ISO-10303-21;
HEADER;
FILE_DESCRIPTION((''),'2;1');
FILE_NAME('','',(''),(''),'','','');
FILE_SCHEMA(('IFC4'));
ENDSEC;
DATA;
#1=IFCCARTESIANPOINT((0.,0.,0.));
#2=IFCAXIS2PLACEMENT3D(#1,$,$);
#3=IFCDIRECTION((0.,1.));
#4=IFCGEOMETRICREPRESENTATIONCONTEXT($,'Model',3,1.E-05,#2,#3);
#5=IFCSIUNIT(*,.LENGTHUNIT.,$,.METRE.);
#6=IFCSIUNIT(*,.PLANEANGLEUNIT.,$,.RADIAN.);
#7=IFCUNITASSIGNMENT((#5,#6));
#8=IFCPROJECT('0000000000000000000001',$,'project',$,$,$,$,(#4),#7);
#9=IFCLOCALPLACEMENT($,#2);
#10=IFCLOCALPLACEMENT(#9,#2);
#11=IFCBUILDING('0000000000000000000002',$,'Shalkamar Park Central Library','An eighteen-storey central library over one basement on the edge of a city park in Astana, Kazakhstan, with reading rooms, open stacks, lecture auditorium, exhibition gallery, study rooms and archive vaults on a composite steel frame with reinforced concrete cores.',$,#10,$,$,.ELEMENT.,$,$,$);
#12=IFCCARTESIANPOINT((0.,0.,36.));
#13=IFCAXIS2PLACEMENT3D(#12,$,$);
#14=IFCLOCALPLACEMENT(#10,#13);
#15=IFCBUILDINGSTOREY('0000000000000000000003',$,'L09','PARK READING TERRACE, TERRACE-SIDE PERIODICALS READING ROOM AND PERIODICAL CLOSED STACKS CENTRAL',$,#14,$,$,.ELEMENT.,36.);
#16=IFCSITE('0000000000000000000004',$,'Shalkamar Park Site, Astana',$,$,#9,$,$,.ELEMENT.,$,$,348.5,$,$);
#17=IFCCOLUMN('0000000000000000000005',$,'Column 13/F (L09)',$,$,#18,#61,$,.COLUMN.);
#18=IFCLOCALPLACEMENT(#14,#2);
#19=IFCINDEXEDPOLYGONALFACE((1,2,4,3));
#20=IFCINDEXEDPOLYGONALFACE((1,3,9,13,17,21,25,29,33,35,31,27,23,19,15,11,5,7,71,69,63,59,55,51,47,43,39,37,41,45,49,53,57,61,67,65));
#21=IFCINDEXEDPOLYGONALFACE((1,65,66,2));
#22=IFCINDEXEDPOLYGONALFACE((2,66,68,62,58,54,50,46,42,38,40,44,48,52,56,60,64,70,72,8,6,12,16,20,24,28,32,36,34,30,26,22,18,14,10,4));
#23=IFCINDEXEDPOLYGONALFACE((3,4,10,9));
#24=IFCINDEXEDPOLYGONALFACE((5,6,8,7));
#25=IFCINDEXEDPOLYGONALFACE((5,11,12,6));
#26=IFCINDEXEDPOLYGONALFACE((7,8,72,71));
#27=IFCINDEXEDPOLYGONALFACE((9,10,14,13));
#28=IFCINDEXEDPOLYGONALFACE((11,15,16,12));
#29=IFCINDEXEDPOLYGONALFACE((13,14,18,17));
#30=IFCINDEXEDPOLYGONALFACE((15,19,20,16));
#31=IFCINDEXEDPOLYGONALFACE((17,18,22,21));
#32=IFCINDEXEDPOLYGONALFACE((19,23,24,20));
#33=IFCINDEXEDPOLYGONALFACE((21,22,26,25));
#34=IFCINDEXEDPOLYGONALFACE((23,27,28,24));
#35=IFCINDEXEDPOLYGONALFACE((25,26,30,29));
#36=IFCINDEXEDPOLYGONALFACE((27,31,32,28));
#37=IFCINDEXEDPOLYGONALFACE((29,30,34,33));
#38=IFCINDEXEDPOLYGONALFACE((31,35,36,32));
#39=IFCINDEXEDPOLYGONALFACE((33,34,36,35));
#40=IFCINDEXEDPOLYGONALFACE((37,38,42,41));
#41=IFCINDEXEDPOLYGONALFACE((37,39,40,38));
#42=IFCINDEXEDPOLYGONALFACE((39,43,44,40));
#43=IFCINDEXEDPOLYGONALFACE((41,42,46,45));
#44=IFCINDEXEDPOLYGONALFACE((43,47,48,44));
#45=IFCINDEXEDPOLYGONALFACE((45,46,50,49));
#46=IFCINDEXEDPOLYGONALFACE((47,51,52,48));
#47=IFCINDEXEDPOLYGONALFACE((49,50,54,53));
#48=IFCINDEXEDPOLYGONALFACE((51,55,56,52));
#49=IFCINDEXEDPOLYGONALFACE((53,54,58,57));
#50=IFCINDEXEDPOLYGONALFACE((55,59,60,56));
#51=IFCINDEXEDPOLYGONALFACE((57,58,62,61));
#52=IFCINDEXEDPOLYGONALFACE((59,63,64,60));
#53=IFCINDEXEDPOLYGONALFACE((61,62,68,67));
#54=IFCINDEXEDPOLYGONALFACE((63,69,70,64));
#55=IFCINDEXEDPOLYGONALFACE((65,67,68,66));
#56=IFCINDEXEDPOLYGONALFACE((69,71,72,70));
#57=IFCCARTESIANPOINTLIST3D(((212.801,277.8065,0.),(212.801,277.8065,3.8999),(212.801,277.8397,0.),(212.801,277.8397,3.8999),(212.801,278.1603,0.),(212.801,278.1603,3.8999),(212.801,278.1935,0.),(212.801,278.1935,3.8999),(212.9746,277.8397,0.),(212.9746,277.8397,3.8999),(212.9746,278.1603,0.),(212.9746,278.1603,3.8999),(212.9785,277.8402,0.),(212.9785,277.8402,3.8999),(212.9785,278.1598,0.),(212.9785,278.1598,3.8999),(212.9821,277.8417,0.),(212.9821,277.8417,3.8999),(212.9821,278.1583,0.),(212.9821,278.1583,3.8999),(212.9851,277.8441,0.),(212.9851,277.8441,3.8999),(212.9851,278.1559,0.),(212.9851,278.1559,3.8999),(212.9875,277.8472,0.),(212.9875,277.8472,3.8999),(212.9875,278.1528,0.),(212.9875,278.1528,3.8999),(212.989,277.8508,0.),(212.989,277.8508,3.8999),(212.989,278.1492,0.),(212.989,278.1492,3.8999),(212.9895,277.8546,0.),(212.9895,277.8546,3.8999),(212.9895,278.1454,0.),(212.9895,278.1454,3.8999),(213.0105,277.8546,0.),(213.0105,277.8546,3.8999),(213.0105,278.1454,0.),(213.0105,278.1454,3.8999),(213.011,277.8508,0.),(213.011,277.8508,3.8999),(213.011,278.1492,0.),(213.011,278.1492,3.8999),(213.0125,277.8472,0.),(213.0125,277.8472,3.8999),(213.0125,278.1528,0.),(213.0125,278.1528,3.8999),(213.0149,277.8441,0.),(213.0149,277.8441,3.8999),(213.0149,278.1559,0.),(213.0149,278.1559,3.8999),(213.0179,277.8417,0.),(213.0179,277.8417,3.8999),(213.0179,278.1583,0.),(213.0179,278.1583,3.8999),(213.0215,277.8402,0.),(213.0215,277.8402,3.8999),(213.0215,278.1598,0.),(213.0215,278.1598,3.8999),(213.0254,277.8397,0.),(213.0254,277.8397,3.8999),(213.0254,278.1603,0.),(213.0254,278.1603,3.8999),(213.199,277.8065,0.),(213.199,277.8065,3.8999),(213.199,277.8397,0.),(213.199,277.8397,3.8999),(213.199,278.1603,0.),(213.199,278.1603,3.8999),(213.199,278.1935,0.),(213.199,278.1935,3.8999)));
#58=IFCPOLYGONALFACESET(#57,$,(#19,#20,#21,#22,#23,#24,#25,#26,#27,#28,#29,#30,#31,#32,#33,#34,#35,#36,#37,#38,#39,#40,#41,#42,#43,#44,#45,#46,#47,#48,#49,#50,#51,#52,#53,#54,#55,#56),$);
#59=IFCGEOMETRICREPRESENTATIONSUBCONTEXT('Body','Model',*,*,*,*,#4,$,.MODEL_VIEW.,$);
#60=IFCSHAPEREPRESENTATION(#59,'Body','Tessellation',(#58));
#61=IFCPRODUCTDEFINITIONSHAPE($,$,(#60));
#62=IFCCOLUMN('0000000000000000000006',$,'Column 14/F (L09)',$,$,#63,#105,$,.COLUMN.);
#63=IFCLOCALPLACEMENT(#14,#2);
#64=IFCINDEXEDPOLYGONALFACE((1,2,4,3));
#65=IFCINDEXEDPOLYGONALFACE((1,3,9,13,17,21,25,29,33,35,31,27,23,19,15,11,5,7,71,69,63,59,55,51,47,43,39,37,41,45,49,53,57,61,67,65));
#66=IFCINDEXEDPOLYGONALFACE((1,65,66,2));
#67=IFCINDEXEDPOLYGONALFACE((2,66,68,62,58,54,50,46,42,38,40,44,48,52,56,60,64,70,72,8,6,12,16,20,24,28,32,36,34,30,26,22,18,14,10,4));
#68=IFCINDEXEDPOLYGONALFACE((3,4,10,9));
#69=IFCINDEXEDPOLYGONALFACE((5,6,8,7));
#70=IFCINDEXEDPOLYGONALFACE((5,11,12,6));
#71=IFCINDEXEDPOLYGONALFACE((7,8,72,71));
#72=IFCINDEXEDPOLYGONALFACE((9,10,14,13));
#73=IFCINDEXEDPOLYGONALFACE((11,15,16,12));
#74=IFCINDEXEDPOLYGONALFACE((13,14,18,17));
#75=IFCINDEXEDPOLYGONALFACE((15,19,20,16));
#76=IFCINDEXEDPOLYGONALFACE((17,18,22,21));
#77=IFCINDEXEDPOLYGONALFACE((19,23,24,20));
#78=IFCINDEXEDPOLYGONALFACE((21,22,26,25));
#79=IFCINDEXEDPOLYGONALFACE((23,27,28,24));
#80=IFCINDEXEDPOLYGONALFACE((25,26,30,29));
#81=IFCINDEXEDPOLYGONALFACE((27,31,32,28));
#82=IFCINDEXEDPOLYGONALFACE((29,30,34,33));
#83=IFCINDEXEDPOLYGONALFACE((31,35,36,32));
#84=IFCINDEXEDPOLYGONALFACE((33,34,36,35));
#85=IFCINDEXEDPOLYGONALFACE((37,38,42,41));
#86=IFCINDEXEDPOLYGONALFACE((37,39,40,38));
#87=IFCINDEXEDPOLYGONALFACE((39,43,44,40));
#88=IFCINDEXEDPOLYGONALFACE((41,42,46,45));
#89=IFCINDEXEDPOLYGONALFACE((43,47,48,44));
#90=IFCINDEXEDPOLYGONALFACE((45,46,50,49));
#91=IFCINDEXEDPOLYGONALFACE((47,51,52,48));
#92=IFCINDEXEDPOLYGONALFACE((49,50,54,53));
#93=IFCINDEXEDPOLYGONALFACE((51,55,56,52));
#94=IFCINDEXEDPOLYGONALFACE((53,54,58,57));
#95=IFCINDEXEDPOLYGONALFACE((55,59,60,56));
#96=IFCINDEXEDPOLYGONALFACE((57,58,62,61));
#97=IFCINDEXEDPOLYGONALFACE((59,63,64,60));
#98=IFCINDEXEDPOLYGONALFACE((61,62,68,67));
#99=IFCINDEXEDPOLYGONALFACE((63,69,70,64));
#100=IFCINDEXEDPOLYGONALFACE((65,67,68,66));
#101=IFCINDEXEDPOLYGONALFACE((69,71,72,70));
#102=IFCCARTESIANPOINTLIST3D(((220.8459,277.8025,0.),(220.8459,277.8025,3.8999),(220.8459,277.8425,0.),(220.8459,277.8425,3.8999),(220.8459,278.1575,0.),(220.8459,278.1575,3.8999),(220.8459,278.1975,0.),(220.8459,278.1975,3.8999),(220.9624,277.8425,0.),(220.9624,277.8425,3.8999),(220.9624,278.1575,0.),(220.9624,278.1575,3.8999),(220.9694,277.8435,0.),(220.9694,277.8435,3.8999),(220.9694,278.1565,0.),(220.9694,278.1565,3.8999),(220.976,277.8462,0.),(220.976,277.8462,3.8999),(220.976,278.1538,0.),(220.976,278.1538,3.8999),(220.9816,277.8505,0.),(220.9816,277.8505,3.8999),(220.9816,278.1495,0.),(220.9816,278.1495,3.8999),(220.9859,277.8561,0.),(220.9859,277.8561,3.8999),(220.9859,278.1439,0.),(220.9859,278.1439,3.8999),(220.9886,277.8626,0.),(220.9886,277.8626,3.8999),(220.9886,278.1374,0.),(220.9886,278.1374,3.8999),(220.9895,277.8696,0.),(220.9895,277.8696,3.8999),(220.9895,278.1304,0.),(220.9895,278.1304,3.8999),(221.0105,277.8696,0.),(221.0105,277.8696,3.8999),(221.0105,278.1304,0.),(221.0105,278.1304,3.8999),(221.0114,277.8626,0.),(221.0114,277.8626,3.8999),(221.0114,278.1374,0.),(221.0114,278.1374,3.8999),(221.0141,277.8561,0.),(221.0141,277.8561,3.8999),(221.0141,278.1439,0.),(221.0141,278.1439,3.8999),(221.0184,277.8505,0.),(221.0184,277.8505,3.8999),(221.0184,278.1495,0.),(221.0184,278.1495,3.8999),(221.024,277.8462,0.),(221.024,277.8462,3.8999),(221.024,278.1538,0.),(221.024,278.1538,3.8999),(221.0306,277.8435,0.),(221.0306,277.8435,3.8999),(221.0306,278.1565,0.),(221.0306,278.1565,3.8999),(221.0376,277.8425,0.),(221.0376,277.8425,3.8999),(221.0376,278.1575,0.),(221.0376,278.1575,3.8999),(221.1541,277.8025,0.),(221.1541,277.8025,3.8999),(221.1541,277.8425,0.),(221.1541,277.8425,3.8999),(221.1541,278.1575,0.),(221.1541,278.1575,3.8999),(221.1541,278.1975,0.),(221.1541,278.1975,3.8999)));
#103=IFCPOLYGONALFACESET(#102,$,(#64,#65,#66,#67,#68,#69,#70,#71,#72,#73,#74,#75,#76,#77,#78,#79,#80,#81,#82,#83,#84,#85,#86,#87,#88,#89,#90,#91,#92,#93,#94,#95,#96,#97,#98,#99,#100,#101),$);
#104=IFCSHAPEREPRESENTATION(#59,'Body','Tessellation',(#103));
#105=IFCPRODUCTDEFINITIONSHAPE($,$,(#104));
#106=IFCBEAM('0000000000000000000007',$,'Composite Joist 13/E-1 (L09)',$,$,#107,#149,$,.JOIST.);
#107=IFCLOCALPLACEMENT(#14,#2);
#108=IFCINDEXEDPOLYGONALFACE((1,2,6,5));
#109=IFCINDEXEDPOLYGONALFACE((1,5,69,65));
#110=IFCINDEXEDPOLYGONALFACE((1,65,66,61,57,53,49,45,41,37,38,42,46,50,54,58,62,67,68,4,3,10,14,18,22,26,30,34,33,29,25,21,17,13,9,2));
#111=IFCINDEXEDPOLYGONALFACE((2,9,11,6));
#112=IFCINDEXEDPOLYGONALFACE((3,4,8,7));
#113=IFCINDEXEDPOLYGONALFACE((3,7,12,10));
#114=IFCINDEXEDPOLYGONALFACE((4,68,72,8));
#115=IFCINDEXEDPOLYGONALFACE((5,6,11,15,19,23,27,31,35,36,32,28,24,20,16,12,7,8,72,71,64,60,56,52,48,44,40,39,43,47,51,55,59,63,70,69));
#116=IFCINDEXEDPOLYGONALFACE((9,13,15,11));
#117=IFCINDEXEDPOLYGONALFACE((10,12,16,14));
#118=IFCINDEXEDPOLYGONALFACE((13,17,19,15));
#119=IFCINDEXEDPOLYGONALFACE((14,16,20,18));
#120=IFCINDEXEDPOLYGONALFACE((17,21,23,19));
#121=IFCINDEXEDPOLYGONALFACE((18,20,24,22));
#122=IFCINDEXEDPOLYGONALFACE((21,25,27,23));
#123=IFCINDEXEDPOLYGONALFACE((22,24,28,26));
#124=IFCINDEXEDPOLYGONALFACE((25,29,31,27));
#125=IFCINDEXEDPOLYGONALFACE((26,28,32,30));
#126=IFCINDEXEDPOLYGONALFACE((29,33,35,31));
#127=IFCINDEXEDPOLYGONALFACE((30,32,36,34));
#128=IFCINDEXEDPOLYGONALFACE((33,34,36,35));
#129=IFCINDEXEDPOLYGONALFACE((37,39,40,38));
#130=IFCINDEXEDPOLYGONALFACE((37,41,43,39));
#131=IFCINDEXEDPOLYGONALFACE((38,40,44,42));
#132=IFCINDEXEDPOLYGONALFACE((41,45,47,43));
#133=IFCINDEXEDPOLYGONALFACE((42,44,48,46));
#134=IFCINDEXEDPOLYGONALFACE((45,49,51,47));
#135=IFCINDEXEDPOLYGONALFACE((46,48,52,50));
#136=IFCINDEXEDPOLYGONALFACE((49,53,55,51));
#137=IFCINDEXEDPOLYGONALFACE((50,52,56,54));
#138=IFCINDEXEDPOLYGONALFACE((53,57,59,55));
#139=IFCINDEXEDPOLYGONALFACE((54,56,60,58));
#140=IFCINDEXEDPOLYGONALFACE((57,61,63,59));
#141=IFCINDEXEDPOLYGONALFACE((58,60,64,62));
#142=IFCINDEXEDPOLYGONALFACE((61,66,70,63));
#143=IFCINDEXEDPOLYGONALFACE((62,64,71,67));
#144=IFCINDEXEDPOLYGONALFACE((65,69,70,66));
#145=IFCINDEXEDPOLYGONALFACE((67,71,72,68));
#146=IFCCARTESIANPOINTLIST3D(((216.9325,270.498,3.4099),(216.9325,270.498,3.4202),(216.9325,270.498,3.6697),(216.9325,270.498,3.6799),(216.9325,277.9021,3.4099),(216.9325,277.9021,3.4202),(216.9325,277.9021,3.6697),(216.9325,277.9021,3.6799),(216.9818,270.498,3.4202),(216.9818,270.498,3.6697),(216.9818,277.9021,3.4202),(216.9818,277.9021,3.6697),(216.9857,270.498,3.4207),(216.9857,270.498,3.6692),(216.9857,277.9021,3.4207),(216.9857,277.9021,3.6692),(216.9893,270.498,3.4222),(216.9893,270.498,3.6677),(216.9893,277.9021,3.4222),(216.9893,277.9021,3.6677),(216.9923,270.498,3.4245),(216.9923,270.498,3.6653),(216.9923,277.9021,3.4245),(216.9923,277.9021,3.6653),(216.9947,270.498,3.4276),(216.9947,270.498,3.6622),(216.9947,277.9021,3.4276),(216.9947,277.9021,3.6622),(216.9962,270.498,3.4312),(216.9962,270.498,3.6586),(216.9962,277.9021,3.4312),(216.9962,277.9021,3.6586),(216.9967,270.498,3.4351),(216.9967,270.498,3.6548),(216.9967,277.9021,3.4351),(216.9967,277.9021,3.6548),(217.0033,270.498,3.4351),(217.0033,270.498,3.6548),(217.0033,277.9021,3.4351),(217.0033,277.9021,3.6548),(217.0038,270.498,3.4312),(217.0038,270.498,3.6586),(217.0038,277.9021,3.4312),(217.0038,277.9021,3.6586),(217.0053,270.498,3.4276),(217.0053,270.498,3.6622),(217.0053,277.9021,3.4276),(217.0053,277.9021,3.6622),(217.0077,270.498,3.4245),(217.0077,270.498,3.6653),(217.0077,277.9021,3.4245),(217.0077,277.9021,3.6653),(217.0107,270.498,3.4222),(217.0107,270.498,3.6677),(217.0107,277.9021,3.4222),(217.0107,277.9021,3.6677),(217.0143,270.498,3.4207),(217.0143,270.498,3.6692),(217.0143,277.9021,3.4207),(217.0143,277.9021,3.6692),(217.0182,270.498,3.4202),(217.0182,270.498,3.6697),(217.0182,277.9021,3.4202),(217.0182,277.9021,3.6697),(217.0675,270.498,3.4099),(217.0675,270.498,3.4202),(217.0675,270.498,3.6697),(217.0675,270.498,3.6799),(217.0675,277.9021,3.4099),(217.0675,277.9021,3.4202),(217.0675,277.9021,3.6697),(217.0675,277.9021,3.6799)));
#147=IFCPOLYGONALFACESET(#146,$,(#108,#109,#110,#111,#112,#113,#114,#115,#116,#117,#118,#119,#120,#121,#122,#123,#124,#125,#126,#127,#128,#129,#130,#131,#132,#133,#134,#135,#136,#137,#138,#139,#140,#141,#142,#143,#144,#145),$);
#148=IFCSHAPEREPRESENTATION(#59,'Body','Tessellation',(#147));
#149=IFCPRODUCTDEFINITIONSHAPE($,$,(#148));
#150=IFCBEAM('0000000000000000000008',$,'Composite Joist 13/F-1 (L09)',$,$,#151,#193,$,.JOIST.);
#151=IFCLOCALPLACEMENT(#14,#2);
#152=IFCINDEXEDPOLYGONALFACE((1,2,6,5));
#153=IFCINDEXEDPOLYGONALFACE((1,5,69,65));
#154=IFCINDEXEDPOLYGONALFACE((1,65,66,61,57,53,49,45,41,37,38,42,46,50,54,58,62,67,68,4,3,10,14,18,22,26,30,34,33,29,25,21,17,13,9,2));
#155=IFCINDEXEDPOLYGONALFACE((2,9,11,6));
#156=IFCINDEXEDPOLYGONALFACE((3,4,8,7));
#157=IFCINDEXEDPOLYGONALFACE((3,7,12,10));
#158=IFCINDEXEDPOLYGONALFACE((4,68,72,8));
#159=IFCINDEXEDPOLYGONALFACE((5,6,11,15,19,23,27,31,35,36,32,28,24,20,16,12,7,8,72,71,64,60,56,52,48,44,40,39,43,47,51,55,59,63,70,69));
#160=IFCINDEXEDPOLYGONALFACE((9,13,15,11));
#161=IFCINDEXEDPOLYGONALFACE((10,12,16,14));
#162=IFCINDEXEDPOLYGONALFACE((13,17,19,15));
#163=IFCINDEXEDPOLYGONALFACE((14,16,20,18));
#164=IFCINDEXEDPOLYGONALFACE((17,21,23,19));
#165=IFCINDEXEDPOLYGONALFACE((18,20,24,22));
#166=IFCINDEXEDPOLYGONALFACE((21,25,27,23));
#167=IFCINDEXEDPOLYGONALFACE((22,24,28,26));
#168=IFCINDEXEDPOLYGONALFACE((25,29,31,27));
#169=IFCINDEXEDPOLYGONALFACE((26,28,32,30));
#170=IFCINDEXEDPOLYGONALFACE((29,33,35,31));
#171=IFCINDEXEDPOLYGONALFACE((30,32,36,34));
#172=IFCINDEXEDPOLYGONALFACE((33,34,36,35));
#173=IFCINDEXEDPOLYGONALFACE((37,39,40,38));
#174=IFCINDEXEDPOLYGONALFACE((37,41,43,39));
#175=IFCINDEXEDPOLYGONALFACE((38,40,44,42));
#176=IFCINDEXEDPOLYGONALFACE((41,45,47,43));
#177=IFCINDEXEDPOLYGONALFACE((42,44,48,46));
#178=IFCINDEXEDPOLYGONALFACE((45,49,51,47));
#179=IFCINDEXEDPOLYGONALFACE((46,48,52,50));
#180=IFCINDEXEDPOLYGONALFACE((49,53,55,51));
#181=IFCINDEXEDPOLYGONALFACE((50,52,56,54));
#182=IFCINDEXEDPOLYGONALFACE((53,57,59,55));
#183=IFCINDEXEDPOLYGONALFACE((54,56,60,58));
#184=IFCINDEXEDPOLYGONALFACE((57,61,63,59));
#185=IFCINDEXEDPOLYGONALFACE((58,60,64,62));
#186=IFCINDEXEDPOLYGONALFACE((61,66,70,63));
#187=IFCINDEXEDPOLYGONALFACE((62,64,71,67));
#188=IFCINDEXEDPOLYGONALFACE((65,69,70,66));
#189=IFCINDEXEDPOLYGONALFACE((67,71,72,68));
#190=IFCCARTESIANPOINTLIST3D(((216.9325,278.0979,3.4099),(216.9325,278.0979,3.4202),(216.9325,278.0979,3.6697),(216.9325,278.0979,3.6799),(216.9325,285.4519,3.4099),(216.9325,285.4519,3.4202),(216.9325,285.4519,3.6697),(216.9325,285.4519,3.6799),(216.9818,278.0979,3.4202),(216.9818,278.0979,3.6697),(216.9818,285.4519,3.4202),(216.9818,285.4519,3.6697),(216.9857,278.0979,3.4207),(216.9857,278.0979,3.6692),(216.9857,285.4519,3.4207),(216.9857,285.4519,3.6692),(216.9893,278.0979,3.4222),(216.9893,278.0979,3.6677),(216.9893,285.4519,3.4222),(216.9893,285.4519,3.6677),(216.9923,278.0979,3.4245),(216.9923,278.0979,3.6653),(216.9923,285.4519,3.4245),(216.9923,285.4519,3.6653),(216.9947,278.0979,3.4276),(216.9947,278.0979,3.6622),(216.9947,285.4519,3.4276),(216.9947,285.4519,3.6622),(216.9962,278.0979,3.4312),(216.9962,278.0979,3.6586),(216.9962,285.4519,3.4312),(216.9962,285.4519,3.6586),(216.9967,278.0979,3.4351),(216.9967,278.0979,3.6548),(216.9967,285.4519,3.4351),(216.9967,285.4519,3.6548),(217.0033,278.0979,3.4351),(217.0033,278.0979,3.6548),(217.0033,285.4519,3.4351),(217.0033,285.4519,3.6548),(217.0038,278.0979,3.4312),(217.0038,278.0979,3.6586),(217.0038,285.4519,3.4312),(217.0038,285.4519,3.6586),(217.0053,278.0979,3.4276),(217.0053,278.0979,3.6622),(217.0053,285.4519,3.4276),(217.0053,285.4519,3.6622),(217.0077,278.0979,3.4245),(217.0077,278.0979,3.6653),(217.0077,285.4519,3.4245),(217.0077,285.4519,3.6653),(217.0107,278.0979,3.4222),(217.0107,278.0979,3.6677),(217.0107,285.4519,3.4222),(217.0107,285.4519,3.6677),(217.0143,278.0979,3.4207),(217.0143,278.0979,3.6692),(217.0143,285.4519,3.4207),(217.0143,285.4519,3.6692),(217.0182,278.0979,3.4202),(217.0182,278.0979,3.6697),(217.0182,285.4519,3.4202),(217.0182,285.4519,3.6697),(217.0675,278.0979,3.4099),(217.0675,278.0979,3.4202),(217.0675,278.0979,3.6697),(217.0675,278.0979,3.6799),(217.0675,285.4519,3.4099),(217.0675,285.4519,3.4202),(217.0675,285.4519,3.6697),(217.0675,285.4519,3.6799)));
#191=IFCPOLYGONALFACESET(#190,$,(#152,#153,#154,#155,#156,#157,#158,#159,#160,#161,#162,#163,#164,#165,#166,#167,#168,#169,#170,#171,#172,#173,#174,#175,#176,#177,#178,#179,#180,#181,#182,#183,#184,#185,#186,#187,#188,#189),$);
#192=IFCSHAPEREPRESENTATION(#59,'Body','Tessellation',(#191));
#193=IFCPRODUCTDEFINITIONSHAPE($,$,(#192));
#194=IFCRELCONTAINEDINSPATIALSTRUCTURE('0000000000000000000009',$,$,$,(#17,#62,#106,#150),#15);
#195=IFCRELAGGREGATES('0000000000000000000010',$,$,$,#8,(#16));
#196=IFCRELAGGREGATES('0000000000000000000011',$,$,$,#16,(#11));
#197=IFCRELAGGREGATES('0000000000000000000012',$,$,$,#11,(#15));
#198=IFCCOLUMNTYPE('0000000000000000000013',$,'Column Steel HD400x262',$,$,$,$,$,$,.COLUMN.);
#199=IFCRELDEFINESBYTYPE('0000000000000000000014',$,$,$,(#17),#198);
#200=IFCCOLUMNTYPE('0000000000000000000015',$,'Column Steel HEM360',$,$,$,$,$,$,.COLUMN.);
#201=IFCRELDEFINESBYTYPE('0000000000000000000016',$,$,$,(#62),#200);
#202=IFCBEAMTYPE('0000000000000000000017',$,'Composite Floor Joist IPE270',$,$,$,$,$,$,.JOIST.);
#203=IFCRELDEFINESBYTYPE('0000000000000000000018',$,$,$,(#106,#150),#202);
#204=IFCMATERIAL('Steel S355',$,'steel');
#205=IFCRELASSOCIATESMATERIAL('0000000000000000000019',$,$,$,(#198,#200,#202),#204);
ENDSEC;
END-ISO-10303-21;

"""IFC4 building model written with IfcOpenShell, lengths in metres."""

from ifc_helpers import new_model, si_unit, direction, frame, origin, origin_2d, place, context, subcontext, project, spatial, i_section, extrude, material, material_profile, profile_set, type_object, element, save


model = new_model("IFC4")

# Units and contexts
model_context = context("Model", 3, precision=1e-05, world=origin(), true_north=direction((0.0, 1.0)))
body_context = subcontext(model_context, "Body", "Model", "MODEL_VIEW")
ifc_project = project(units=[si_unit("LENGTHUNIT", "METRE"), si_unit("PLANEANGLEUNIT", "RADIAN")], contexts=[model_context])

# Site, building, storey
site_placement = place(None, origin())
site = spatial("IfcSite", under=ifc_project, at=site_placement, Name="Shalkamar Park Site, Astana", CompositionType="ELEMENT", RefElevation=348.5)
building_placement = place(site_placement, origin())
building = spatial("IfcBuilding", under=site, at=building_placement, Name="Shalkamar Park Central Library", Description="An eighteen-storey central library over one basement on the edge of a city park in Astana, Kazakhstan, with reading rooms, open stacks, lecture auditorium, exhibition gallery, study rooms and archive vaults on a composite steel frame with reinforced concrete cores.", CompositionType="ELEMENT")
storey_placement = place(building_placement, frame((0.0, 0.0, 36.0)))
storey = spatial("IfcBuildingStorey", under=building, at=storey_placement, Name="L09", Description="PARK READING TERRACE, TERRACE-SIDE PERIODICALS READING ROOM AND PERIODICAL CLOSED STACKS CENTRAL", CompositionType="ELEMENT", Elevation=36.0)

# Columns
ifc_material_1 = material(Name="Steel S355", Category="steel")
ifc_material_profile_1 = material_profile(ifc_material_1, i_section(OverallWidth=0.3979, OverallDepth=0.387, WebThickness=0.021, FlangeThickness=0.0332, FilletRadius=0.0149, at=origin_2d()), Name="HD 400x262")
ifc_profile_set_1 = profile_set([ifc_material_profile_1], Name="Steel S355")
column_type_1 = type_object("IfcColumnType", Name="Column Steel HD400x262", PredefinedType="COLUMN", material=ifc_profile_set_1)
column_1_placement = place(storey_placement, frame((213.0, 278.0, 0.0), z_axis=(0.0, 0.0, 1.0), x_axis=(1.0, 0.0, 0.0)))
element("IfcColumn", 1, at=column_1_placement, inside=storey, type_object=column_type_1, Name="Column 13/F (L09)", PredefinedType="COLUMN", context=body_context, shape_type="SweptSolid", body=[
    extrude(i_section(OverallWidth=0.3979, OverallDepth=0.387, WebThickness=0.021, FlangeThickness=0.0332, FilletRadius=0.0149, at=origin_2d()), origin(), (0.0, 0.0, 1.0), 3.8999),
])
ifc_material_profile_2 = material_profile(ifc_material_1, i_section(OverallWidth=0.3081, OverallDepth=0.395, WebThickness=0.021, FlangeThickness=0.04, FilletRadius=0.0271, at=origin_2d()), Name="HEM 360")
ifc_profile_set_2 = profile_set([ifc_material_profile_2], Name="Steel S355")
column_type_2 = type_object("IfcColumnType", Name="Column Steel HEM360", PredefinedType="COLUMN", material=ifc_profile_set_2)
column_2_placement = place(storey_placement, frame((221.0, 278.0, 0.0), z_axis=(0.0, 0.0, 1.0), x_axis=(1.0, 0.0, 0.0)))
element("IfcColumn", 2, at=column_2_placement, inside=storey, type_object=column_type_2, Name="Column 14/F (L09)", PredefinedType="COLUMN", context=body_context, shape_type="SweptSolid", body=[
    extrude(i_section(OverallWidth=0.3081, OverallDepth=0.395, WebThickness=0.021, FlangeThickness=0.04, FilletRadius=0.0271, at=origin_2d()), origin(), (0.0, 0.0, 1.0), 3.8999),
])

# Beams
ifc_material_profile_3 = material_profile(ifc_material_1, i_section(OverallWidth=0.135, OverallDepth=0.27, WebThickness=0.0066, FlangeThickness=0.0103, FilletRadius=0.0149, at=origin_2d()), Name="IPE 270")
ifc_profile_set_3 = profile_set([ifc_material_profile_3], Name="Steel S355")
beam_type_1 = type_object("IfcBeamType", Name="Composite Floor Joist IPE270", PredefinedType="JOIST", material=ifc_profile_set_3)
beam_1_placement = place(storey_placement, frame((217.0, 270.498, 3.5449), z_axis=(0.0, 1.0, 0.0), x_axis=(-1.0, 0.0, 0.0)))
element("IfcBeam", 3, at=beam_1_placement, inside=storey, type_object=beam_type_1, Name="Composite Joist 13/E-1 (L09)", PredefinedType="JOIST", context=body_context, shape_type="SweptSolid", body=[
    extrude(i_section(OverallWidth=0.135, OverallDepth=0.27, WebThickness=0.0066, FlangeThickness=0.0103, FilletRadius=0.0149, at=origin_2d()), origin(), (0.0, 0.0, 1.0), 7.4041),
])
beam_2_placement = place(storey_placement, frame((217.0, 278.0979, 3.5449), z_axis=(0.0, 1.0, 0.0), x_axis=(-1.0, 0.0, 0.0)))
element("IfcBeam", 4, at=beam_2_placement, inside=storey, type_object=beam_type_1, Name="Composite Joist 13/F-1 (L09)", PredefinedType="JOIST", context=body_context, shape_type="SweptSolid", body=[
    extrude(i_section(OverallWidth=0.135, OverallDepth=0.27, WebThickness=0.0066, FlangeThickness=0.0103, FilletRadius=0.0149, at=origin_2d()), origin(), (0.0, 0.0, 1.0), 7.354),
])

save(model, "model.ifc")
